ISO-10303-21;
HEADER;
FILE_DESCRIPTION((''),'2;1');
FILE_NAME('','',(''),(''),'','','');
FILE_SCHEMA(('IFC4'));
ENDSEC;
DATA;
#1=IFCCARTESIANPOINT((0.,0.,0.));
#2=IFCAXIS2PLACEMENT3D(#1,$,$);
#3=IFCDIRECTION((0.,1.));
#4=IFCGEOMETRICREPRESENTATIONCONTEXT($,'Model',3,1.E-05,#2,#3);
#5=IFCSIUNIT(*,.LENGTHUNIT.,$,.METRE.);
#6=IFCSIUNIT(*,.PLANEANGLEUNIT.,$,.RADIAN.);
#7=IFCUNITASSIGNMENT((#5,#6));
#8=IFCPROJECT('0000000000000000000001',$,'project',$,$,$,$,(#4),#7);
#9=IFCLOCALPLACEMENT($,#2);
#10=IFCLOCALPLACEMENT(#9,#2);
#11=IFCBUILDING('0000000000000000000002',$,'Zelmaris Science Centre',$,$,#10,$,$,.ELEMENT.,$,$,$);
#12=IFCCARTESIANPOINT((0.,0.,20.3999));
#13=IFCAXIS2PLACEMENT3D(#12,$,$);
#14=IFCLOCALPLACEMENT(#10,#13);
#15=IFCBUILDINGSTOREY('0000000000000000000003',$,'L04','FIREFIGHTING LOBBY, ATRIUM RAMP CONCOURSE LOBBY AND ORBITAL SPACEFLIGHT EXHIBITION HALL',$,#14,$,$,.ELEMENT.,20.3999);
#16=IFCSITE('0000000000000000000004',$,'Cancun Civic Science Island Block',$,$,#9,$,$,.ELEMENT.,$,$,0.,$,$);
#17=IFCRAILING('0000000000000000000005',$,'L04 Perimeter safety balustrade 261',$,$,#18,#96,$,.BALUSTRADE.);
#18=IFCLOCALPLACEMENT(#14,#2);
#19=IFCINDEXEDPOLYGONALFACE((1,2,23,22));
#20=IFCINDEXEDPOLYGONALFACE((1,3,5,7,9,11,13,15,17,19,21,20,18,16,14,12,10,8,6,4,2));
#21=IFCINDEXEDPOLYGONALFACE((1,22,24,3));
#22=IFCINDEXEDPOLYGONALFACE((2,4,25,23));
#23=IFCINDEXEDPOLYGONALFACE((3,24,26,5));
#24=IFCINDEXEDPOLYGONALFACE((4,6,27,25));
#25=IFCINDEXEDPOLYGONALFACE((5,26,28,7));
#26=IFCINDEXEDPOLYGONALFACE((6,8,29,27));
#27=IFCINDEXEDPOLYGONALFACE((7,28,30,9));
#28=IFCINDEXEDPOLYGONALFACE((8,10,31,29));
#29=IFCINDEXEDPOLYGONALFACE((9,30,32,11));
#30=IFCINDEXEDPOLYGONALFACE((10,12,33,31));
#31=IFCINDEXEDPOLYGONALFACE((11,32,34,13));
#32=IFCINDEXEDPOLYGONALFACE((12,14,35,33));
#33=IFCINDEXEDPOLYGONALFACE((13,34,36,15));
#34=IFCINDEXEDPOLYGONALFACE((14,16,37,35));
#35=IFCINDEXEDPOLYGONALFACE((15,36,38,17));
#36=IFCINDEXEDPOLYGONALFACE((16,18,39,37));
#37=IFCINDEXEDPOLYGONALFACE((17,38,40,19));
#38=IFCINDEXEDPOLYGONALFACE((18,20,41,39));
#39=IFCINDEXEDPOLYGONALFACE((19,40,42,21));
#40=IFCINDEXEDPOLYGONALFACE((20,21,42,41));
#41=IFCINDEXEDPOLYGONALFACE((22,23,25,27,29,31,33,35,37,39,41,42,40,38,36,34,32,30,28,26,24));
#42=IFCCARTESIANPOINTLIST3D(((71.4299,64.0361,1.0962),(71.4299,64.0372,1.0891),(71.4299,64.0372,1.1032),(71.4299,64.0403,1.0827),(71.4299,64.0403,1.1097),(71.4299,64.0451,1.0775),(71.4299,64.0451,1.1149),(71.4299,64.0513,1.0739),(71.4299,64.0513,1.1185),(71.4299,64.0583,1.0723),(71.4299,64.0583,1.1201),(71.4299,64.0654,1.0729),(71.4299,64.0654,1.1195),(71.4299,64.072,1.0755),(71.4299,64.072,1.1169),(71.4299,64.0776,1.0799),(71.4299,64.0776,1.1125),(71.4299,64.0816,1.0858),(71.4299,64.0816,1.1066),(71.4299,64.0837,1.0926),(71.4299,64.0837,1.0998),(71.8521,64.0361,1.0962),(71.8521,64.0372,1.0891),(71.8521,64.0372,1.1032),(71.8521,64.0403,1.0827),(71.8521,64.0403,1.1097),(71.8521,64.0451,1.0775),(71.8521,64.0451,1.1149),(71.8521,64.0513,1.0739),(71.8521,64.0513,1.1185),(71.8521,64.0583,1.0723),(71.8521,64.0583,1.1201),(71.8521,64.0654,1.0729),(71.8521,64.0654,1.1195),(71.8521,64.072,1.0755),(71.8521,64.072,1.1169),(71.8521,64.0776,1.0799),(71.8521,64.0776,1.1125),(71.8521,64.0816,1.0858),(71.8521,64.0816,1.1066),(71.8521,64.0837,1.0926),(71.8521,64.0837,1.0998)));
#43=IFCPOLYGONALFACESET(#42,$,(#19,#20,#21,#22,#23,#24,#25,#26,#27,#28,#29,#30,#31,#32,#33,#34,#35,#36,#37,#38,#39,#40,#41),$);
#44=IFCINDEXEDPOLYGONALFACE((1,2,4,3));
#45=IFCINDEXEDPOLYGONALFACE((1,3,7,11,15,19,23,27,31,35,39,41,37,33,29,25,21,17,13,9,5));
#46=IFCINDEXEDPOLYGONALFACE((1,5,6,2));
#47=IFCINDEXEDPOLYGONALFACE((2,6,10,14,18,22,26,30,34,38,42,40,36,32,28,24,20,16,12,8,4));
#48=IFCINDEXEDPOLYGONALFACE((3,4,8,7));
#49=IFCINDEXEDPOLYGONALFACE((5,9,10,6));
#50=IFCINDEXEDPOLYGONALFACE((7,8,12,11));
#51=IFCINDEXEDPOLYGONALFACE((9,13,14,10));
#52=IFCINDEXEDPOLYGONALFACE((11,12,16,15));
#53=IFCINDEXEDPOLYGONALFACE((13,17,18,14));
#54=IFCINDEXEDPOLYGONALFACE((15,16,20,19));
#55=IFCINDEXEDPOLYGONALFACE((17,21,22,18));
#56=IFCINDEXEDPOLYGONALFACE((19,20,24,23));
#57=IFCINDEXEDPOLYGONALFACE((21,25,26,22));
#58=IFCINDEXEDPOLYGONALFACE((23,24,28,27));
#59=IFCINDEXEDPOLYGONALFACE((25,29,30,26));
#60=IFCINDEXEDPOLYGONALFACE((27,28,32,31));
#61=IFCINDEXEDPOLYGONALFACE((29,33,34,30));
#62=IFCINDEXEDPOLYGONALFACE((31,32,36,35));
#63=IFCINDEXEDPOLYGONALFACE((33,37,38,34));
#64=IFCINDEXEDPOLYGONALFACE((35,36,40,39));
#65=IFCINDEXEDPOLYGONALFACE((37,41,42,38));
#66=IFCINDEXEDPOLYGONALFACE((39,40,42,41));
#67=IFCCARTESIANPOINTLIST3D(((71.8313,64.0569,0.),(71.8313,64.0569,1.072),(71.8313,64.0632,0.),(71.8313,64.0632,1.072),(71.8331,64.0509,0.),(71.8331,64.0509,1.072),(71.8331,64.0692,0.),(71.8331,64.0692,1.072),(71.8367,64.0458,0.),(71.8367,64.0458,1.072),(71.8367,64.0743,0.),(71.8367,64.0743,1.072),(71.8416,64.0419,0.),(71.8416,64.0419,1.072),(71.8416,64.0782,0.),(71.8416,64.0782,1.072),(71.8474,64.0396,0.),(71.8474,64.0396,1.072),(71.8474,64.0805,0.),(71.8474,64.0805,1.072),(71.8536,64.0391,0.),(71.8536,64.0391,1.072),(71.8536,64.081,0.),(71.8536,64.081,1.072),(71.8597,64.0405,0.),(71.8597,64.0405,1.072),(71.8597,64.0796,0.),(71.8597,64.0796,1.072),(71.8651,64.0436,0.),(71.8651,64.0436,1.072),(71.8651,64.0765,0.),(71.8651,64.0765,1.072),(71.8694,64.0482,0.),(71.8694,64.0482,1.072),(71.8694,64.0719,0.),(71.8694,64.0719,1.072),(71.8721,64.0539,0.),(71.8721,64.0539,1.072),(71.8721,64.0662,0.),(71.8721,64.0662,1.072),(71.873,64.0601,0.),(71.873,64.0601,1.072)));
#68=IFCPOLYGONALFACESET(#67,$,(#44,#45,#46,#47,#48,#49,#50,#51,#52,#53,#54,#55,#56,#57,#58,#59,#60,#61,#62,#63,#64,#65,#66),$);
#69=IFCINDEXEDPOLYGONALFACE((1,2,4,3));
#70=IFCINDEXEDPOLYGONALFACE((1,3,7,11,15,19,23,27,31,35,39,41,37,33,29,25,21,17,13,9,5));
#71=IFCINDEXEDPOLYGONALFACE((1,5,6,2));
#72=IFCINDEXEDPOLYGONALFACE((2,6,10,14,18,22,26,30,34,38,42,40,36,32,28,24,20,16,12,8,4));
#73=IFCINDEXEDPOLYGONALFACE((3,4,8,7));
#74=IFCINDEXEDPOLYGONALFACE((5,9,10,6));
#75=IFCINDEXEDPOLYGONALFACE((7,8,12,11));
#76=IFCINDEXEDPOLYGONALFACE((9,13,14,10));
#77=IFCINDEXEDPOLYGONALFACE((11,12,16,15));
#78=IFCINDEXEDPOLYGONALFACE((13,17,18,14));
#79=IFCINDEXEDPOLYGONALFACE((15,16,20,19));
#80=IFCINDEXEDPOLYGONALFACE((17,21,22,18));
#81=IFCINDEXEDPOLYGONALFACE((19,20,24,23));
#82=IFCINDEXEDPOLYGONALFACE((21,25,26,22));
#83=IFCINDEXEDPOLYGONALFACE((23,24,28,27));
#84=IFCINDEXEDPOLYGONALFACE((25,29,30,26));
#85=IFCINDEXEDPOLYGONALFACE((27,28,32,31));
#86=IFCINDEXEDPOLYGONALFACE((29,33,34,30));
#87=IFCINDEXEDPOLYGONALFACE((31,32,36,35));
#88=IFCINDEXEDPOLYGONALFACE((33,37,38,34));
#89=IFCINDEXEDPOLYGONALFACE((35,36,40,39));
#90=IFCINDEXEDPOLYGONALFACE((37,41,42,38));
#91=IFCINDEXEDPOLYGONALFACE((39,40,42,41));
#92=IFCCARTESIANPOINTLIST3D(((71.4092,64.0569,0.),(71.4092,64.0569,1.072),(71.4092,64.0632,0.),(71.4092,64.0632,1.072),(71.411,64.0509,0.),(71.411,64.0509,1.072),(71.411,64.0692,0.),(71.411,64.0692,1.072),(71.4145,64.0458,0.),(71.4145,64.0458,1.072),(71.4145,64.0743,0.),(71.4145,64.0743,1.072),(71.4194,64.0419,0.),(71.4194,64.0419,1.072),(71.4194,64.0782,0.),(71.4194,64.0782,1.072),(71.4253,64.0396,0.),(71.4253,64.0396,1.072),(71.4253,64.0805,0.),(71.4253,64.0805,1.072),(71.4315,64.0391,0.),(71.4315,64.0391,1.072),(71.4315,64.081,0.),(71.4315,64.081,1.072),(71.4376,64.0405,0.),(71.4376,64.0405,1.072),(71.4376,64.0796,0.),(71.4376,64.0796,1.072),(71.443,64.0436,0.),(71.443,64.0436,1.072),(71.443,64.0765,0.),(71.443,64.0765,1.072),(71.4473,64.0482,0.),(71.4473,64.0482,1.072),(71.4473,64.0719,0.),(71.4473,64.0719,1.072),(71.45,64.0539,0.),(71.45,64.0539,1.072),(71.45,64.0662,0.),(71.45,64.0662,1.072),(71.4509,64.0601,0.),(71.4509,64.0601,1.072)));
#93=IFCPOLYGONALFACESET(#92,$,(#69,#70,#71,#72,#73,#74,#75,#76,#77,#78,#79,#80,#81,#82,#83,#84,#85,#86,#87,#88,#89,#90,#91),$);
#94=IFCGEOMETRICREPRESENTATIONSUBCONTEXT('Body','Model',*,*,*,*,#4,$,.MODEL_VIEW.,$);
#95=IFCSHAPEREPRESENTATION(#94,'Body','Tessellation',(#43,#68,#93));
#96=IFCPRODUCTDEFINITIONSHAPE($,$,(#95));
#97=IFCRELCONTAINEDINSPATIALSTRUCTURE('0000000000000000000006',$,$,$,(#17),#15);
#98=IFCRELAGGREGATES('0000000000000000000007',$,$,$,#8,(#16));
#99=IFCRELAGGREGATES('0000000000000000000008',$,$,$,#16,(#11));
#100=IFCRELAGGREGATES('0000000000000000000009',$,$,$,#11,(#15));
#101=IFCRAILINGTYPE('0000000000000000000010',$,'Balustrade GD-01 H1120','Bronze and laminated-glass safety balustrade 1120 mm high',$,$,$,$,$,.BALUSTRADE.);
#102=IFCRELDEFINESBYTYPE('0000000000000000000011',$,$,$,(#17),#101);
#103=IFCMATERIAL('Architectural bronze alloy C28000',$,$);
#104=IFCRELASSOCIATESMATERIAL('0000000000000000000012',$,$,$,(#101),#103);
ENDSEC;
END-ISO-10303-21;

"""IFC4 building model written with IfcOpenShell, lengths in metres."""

from ifc_helpers import new_model, si_unit, direction, frame, origin, origin_2d, place, context, subcontext, project, spatial, circle, extrude, material, type_object, element, save


model = new_model("IFC4")

# Units and contexts
model_context = context("Model", 3, precision=1e-05, world=origin(), true_north=direction((0.0, 1.0)))
body_context = subcontext(model_context, "Body", "Model", "MODEL_VIEW")
ifc_project = project(units=[si_unit("LENGTHUNIT", "METRE"), si_unit("PLANEANGLEUNIT", "RADIAN")], contexts=[model_context])

# Site, building, storey
site_placement = place(None, origin())
site = spatial("IfcSite", under=ifc_project, at=site_placement, Name="Cancun Civic Science Island Block", CompositionType="ELEMENT", RefElevation=0.0)
building_placement = place(site_placement, origin())
building = spatial("IfcBuilding", under=site, at=building_placement, Name="Zelmaris Science Centre", CompositionType="ELEMENT")
storey_placement = place(building_placement, frame((0.0, 0.0, 20.3999)))
storey = spatial("IfcBuildingStorey", under=building, at=storey_placement, Name="L04", Description="FIREFIGHTING LOBBY, ATRIUM RAMP CONCOURSE LOBBY AND ORBITAL SPACEFLIGHT EXHIBITION HALL", CompositionType="ELEMENT", Elevation=20.3999)

# Railing
ifc_material_1 = material(Name="Architectural bronze alloy C28000")
railing_type = type_object("IfcRailingType", Name="Balustrade GD-01 H1120", Description="Bronze and laminated-glass safety balustrade 1120 mm high", PredefinedType="BALUSTRADE", material=ifc_material_1)
railing_1_placement = place(storey_placement, frame((71.8521, 64.0601, 0.0)))
element("IfcRailing", 1, at=railing_1_placement, inside=storey, type_object=railing_type, Name="L04 Perimeter safety balustrade 261", PredefinedType="BALUSTRADE", context=body_context, shape_type="SweptSolid", body=[
    extrude(circle(Radius=0.0239, at=origin_2d()), frame((0.0, 0.0, 1.0962), z_axis=(-1.0, 0.0, 0.0), x_axis=(0.0, -1.0, 0.0)), (0.0, 0.0, 1.0), 0.4221),
    extrude(circle(Radius=0.021, at=origin_2d()), origin(), (0.0, 0.0, 1.0), 1.072),
    extrude(circle(Radius=0.021, at=origin_2d()), frame((-0.4221, 0.0, 0.0)), (0.0, 0.0, 1.0), 1.072),
])

save(model, "model.ifc")
